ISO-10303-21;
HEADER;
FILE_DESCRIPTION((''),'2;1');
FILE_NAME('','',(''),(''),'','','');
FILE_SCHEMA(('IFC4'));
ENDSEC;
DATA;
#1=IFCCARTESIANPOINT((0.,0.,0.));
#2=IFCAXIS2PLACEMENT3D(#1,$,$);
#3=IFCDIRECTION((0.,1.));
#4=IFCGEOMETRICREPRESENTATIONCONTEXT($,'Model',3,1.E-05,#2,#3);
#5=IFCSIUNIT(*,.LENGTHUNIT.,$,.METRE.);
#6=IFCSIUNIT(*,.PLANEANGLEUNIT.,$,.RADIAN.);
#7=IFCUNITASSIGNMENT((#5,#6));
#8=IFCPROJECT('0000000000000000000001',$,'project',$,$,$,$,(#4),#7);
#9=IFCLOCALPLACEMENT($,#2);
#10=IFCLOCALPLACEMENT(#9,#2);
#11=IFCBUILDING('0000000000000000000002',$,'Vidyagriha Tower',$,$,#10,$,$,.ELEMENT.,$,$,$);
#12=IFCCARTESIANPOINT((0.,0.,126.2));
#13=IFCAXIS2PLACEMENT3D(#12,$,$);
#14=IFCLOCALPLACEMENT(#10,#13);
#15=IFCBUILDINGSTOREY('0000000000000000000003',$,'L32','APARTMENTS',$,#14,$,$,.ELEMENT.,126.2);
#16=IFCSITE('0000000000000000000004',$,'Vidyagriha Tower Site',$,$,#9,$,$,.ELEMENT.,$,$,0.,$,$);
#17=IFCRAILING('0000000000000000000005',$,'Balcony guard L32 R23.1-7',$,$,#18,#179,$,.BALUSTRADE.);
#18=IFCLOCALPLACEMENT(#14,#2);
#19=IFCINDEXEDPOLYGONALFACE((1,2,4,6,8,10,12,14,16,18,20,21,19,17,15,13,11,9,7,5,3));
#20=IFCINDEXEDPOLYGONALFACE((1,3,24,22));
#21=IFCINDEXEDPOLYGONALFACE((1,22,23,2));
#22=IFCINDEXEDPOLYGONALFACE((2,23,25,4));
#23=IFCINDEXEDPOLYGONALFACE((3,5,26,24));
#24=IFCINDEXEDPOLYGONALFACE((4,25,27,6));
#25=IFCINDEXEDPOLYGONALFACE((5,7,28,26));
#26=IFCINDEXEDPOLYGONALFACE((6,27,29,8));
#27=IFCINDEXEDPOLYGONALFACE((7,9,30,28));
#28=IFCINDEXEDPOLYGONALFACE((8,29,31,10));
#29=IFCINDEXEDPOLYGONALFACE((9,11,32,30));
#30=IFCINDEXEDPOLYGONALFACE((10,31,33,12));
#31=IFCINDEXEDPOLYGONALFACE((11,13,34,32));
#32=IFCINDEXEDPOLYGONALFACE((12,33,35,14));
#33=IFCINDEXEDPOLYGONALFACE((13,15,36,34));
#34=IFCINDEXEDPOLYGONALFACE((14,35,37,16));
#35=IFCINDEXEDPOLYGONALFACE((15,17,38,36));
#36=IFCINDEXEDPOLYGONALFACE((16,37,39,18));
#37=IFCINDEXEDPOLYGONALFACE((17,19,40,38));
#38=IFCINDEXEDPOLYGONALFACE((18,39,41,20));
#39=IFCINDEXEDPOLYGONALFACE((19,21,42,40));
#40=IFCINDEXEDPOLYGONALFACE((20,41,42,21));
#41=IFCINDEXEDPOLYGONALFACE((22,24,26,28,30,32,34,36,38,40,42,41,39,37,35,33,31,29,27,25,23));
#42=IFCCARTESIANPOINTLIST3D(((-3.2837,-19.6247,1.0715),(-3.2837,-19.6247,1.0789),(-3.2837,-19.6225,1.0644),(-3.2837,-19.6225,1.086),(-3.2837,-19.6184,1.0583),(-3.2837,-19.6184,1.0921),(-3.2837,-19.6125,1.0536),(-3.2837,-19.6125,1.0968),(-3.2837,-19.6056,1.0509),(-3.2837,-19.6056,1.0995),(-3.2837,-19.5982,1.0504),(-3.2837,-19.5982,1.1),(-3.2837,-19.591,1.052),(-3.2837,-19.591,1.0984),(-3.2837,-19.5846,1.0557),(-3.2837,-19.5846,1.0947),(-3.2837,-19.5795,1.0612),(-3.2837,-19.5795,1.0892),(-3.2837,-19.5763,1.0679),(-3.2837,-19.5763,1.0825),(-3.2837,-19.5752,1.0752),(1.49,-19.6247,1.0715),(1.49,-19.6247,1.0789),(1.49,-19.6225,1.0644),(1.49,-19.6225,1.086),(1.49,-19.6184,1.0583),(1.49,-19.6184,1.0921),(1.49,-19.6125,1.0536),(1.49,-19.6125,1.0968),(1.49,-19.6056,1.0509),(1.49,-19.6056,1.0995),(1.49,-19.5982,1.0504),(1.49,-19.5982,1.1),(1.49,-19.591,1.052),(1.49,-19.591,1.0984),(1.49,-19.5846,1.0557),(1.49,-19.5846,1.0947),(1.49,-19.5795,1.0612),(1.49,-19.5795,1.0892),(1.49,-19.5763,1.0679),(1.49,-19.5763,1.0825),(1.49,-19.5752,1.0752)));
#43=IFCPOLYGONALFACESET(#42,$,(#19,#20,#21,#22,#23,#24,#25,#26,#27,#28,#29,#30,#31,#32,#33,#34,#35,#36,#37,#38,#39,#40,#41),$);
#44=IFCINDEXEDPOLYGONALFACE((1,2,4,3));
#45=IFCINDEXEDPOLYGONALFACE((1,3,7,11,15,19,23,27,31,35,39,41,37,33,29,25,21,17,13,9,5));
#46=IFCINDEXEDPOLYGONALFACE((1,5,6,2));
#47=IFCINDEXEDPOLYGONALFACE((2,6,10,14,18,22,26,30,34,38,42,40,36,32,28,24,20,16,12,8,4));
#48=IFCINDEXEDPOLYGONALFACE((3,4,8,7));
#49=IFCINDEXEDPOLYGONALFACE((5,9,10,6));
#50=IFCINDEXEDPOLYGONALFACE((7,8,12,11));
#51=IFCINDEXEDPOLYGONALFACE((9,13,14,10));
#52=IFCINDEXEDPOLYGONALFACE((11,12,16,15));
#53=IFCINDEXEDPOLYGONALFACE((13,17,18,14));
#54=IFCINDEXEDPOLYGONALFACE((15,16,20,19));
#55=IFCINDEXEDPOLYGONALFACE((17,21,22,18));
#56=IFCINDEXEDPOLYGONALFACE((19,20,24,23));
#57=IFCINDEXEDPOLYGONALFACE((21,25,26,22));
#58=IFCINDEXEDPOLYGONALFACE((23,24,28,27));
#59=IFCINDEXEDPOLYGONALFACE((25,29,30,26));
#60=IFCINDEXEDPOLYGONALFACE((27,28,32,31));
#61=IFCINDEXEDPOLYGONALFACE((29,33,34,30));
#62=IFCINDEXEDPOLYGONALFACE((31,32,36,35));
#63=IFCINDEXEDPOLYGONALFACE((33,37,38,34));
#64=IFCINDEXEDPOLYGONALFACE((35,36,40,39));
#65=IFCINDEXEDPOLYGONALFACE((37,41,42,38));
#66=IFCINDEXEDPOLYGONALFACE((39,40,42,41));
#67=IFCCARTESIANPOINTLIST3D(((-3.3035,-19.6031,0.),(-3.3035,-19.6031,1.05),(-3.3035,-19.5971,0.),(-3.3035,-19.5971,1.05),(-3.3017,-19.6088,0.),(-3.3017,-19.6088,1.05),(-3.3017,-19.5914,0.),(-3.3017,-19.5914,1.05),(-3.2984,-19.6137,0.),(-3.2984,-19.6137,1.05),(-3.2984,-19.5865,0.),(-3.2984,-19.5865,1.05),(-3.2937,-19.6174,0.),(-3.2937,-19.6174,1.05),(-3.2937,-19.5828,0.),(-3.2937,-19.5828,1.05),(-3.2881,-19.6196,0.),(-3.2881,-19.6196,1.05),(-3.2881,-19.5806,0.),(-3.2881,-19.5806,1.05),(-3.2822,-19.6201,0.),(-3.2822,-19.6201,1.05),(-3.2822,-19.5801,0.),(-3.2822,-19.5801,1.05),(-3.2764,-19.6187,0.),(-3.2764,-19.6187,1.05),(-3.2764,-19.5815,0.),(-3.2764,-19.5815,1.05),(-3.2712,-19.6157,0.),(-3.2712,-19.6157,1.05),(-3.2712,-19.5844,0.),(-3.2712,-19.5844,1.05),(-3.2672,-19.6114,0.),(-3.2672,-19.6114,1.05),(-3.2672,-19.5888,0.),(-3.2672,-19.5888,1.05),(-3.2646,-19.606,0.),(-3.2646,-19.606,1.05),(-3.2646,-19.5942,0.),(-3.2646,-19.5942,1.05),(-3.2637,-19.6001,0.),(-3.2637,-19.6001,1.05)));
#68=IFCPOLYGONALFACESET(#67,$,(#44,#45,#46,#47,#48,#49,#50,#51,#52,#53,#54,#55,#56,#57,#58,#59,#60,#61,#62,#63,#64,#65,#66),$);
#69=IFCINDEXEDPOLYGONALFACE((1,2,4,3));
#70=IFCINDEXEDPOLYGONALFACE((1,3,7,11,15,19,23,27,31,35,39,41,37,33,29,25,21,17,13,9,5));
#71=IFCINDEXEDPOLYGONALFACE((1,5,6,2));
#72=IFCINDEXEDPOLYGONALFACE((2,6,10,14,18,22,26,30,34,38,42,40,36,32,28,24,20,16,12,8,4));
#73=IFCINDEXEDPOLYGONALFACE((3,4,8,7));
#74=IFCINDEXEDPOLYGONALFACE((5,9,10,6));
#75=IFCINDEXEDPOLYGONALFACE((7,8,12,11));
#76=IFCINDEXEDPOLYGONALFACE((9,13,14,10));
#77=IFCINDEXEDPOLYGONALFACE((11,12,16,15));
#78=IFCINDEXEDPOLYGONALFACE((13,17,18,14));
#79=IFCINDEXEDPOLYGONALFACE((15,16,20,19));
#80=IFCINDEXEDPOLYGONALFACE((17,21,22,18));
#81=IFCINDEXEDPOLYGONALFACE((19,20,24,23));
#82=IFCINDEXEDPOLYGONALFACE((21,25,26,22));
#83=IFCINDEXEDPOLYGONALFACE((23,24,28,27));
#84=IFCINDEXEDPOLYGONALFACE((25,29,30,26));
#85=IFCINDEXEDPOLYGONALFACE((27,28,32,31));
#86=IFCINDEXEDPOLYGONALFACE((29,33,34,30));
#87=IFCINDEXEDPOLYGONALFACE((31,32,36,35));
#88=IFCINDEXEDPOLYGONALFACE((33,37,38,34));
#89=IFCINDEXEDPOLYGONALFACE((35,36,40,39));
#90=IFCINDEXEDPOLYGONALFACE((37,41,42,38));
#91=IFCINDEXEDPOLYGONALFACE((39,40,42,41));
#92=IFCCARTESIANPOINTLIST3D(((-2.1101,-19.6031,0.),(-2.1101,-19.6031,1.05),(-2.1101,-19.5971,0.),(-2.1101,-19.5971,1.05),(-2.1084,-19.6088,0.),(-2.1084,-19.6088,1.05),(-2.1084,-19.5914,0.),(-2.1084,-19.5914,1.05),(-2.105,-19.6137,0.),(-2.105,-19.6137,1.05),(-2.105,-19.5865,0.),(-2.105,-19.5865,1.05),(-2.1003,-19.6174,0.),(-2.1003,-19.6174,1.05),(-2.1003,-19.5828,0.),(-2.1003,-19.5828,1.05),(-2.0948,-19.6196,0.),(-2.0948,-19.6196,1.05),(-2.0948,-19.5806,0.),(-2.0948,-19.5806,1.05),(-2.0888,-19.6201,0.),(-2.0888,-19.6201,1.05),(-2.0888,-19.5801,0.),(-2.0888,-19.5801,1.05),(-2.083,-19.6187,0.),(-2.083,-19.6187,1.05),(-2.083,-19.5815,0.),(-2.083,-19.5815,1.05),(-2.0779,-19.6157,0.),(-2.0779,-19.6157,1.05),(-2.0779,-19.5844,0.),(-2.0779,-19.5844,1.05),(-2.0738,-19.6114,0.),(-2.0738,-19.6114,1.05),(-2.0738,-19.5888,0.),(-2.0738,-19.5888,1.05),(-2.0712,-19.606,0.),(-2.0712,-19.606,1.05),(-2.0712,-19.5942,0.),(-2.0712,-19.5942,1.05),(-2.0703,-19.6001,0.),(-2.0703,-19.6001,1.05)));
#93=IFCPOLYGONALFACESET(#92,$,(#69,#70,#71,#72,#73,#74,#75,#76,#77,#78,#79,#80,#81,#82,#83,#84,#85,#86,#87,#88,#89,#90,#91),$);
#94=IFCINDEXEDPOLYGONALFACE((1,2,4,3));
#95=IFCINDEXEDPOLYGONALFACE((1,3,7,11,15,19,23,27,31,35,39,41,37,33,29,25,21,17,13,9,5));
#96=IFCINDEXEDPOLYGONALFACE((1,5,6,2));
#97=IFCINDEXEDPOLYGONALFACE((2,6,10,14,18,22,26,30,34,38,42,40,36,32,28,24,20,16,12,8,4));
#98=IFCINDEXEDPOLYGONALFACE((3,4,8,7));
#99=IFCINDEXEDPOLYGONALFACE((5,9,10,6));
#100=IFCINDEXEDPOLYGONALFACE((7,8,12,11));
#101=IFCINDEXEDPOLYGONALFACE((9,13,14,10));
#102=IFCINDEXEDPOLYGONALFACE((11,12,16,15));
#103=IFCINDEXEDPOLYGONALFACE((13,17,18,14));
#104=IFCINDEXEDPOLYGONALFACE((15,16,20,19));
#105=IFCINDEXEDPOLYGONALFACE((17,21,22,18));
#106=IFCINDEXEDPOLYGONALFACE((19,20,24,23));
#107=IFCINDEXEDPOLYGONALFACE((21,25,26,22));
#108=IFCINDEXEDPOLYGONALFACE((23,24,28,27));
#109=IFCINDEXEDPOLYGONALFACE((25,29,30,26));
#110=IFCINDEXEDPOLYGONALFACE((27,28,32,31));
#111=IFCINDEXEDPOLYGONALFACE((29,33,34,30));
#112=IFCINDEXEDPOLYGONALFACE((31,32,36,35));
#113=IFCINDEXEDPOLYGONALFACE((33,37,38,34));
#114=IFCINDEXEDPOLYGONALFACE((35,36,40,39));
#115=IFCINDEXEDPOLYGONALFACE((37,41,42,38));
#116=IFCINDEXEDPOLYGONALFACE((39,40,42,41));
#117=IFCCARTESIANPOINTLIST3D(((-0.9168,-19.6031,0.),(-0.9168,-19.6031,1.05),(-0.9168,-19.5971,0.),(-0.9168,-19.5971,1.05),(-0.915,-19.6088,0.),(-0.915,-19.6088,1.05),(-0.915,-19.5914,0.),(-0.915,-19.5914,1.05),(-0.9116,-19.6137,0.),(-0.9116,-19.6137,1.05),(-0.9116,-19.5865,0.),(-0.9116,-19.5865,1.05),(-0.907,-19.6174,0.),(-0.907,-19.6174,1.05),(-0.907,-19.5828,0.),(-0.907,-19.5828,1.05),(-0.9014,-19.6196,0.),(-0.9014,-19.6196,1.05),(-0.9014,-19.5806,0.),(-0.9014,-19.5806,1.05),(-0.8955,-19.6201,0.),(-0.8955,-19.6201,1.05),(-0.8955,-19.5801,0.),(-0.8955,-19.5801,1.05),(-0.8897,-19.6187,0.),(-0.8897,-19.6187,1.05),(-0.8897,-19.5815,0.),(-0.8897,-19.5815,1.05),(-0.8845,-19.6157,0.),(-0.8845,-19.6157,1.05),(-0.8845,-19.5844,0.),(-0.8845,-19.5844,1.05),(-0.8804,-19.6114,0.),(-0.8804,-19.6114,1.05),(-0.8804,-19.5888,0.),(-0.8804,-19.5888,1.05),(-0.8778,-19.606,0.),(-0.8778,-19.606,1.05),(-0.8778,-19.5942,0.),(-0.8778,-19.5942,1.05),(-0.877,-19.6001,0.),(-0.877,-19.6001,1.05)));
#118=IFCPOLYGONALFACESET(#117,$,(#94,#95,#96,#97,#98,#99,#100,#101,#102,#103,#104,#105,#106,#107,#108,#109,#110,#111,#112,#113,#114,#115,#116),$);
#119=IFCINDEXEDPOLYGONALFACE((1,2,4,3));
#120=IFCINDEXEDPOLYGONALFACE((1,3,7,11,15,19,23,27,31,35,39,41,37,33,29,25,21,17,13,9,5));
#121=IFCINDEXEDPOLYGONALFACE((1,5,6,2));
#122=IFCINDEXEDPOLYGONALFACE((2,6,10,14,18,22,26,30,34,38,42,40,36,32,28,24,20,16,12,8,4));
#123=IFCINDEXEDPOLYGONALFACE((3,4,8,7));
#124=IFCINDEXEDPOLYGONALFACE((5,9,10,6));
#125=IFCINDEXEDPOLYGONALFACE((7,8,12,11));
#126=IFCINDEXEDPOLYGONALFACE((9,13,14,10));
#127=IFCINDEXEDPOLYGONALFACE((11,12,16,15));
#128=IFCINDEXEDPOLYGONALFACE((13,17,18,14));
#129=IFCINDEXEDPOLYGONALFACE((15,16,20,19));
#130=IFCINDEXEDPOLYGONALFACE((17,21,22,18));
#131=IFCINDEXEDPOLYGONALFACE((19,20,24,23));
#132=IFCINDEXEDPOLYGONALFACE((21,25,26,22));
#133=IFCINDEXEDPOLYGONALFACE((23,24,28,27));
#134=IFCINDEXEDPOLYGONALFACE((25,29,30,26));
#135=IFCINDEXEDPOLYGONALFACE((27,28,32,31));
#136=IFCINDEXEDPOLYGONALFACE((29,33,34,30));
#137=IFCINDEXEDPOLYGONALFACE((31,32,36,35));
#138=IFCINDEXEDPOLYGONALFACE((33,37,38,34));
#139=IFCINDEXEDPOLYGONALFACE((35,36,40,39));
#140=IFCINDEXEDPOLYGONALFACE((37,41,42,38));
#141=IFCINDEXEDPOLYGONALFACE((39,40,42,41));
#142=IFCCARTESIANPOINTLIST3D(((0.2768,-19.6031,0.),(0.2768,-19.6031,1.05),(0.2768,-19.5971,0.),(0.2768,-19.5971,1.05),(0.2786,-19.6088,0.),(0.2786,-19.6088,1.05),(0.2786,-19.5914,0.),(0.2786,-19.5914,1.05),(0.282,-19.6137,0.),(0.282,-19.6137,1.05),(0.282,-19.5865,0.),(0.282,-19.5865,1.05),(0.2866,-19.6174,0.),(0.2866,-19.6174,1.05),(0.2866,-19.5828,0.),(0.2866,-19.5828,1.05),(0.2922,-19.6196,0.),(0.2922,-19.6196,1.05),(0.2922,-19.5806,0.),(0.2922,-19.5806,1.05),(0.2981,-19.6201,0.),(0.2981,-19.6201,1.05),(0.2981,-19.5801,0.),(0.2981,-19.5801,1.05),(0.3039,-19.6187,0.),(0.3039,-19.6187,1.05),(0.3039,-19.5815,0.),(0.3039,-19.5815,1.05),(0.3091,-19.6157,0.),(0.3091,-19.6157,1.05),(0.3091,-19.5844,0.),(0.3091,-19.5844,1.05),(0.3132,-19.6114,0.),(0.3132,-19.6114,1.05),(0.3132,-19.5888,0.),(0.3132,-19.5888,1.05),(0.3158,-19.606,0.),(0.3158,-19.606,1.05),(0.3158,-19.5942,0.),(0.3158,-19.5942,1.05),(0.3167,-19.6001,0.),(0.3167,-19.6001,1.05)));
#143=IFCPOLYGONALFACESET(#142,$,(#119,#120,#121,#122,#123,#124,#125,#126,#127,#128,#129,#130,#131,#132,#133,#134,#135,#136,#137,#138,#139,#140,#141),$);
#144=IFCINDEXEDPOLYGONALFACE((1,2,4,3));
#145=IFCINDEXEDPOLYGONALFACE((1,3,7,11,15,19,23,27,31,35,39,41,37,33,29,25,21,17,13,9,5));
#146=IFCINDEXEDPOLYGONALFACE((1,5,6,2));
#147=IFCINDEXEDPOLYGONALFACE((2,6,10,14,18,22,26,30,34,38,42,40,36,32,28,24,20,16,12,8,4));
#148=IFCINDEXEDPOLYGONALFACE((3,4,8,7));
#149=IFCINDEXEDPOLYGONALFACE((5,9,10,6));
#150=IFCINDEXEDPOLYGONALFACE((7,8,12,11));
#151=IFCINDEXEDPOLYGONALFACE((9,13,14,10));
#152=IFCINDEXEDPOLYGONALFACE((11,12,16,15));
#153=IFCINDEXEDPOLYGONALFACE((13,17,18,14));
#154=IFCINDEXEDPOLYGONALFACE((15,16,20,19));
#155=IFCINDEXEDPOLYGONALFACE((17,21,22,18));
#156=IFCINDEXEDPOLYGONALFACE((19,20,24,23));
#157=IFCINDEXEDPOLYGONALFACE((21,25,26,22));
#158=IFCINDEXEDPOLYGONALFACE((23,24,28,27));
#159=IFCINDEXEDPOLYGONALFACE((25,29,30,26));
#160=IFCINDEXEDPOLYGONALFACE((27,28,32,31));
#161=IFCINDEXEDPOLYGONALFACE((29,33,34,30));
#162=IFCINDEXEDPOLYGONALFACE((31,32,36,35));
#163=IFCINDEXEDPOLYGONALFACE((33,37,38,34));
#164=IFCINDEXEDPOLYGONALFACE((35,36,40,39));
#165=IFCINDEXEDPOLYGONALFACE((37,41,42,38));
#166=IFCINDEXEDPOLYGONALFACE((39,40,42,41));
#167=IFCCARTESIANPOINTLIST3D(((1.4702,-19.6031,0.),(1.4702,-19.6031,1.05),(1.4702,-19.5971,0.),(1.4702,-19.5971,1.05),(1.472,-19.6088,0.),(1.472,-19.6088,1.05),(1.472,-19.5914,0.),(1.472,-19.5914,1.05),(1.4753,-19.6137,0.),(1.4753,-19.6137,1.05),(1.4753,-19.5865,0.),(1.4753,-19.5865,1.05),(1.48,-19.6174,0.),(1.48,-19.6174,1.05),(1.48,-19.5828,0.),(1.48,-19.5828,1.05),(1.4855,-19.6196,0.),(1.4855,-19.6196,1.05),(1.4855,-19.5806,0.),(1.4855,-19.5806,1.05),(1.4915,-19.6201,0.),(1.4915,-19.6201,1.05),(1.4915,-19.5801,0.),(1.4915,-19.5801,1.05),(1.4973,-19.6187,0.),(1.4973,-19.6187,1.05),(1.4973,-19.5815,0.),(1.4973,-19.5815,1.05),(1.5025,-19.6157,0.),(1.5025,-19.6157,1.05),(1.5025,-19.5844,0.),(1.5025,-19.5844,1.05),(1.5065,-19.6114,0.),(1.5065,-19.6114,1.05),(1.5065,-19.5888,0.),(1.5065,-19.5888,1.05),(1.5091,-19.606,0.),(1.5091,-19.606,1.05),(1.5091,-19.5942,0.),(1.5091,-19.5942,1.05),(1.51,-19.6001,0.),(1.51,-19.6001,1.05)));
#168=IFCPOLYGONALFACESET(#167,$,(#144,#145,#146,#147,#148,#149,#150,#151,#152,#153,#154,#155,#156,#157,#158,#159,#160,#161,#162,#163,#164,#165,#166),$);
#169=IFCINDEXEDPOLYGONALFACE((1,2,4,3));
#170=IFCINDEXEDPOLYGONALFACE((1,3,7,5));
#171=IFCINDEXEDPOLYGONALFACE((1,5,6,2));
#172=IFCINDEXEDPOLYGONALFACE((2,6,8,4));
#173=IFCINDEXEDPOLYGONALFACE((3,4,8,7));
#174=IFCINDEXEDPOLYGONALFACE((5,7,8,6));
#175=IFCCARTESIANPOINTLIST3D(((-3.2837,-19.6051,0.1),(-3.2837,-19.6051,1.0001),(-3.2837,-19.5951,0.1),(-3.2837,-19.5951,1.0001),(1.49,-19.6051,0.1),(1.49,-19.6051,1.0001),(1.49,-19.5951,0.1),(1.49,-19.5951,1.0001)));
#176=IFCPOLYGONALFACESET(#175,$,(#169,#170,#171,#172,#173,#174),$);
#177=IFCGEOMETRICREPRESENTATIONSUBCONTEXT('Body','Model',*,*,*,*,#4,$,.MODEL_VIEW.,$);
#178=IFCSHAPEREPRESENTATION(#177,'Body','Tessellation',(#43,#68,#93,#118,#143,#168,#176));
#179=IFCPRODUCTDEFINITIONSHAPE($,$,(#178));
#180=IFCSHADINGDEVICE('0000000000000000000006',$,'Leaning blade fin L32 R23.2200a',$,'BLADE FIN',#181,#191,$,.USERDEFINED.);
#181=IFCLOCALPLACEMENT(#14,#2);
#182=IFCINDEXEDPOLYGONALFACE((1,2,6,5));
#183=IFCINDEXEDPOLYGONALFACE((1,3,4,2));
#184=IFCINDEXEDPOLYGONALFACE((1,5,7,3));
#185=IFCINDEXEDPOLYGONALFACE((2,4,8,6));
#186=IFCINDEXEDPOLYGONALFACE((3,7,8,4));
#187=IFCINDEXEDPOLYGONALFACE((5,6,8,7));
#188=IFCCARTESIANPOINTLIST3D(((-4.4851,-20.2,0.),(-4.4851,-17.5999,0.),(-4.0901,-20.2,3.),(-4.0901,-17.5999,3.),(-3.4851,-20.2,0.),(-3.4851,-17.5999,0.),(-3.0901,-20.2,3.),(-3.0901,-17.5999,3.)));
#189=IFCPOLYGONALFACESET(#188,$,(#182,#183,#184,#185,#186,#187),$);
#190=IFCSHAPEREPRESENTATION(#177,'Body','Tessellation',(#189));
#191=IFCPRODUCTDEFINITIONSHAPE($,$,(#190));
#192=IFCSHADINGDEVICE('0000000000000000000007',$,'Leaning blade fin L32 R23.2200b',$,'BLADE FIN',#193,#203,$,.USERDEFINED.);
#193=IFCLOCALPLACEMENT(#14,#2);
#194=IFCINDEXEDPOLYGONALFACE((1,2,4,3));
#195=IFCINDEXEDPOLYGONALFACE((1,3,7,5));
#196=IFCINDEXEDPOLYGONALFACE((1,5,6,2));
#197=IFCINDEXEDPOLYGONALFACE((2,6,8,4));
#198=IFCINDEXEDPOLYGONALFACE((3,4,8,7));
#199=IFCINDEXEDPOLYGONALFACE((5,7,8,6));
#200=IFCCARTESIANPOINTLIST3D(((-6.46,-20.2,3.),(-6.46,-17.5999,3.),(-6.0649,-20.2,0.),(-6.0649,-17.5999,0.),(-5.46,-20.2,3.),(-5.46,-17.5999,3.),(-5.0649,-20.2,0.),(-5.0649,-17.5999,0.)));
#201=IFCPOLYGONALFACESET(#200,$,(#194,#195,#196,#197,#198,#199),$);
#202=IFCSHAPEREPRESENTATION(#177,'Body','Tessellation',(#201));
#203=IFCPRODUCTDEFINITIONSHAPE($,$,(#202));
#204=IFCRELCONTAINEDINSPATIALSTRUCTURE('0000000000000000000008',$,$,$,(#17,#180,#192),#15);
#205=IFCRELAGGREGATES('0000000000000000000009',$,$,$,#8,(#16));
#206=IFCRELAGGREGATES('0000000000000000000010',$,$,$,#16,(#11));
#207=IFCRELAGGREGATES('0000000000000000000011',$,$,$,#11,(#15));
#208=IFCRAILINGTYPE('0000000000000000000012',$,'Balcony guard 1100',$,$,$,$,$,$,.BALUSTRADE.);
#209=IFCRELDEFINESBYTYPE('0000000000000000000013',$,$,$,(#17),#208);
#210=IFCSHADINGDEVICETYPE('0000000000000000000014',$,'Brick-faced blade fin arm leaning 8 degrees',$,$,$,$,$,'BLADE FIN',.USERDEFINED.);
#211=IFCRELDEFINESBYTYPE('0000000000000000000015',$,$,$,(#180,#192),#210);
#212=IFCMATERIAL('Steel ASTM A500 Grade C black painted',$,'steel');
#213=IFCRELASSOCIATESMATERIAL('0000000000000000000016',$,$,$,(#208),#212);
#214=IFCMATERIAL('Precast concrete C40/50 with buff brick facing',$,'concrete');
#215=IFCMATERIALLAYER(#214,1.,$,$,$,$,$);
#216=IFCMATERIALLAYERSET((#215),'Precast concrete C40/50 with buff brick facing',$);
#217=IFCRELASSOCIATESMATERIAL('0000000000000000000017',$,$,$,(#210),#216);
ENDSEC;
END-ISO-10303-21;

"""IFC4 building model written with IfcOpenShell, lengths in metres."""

from ifc_helpers import new_model, si_unit, direction, frame, origin, origin_2d, place, context, subcontext, project, spatial, polyline, rectangle, circle, outline, extrude, material, layer, layer_set, type_object, element, save


model = new_model("IFC4")

# Units and contexts
model_context = context("Model", 3, precision=1e-05, world=origin(), true_north=direction((0.0, 1.0)))
body_context = subcontext(model_context, "Body", "Model", "MODEL_VIEW")
ifc_project = project(units=[si_unit("LENGTHUNIT", "METRE"), si_unit("PLANEANGLEUNIT", "RADIAN")], contexts=[model_context])

# Site, building, storey
site_placement = place(None, origin())
site = spatial("IfcSite", under=ifc_project, at=site_placement, Name="Vidyagriha Tower Site", CompositionType="ELEMENT", RefElevation=0.0)
building_placement = place(site_placement, origin())
building = spatial("IfcBuilding", under=site, at=building_placement, Name="Vidyagriha Tower", CompositionType="ELEMENT")
storey_placement = place(building_placement, frame((0.0, 0.0, 126.2)))
storey = spatial("IfcBuildingStorey", under=building, at=storey_placement, Name="L32", Description="APARTMENTS", CompositionType="ELEMENT", Elevation=126.2)

# Railing
ifc_material_1 = material(Name="Steel ASTM A500 Grade C black painted", Category="steel")
railing_type = type_object("IfcRailingType", Name="Balcony guard 1100", PredefinedType="BALUSTRADE", material=ifc_material_1)
railing_1_placement = place(storey_placement, frame((-3.2837, -19.6001, 0.0)))
element("IfcRailing", 1, at=railing_1_placement, inside=storey, type_object=railing_type, Name="Balcony guard L32 R23.1-7", PredefinedType="BALUSTRADE", context=body_context, shape_type="SweptSolid", body=[
    extrude(circle(Radius=0.0249, at=origin_2d()), frame((0.0, 0.0, 1.0752), z_axis=(1.0, 0.0, 0.0), x_axis=(0.0, 1.0, 0.0)), (0.0, 0.0, 1.0), 4.7737),
    extrude(circle(Radius=0.02, at=origin_2d()), origin(), (0.0, 0.0, 1.0), 1.05),
    extrude(circle(Radius=0.02, at=origin_2d()), frame((1.1934, 0.0, 0.0)), (0.0, 0.0, 1.0), 1.05),
    extrude(circle(Radius=0.02, at=origin_2d()), frame((2.3867, 0.0, 0.0)), (0.0, 0.0, 1.0), 1.05),
    extrude(circle(Radius=0.02, at=origin_2d()), frame((3.5803, 0.0, 0.0)), (0.0, 0.0, 1.0), 1.05),
    extrude(circle(Radius=0.02, at=origin_2d()), frame((4.7737, 0.0, 0.0)), (0.0, 0.0, 1.0), 1.05),
    extrude(rectangle(XDim=0.01, YDim=0.9001, at=origin_2d()), frame((0.0, 0.0, 0.55), z_axis=(1.0, 0.0, 0.0), x_axis=(0.0, 1.0, 0.0)), (0.0, 0.0, 1.0), 4.7737),
])

# Shading devices
ifc_material_2 = material(Name="Precast concrete C40/50 with buff brick facing", Category="concrete")
ifc_layer_1 = layer(ifc_material_2, 1.0)
ifc_layer_set_1 = layer_set([ifc_layer_1], Name="Precast concrete C40/50 with buff brick facing")
shading_device_type = type_object("IfcShadingDeviceType", Name="Brick-faced blade fin arm leaning 8 degrees", ElementType="BLADE FIN", PredefinedType="USERDEFINED", material=ifc_layer_set_1)
shading_device_1_placement = place(storey_placement, frame((-4.4851, -18.8999, 0.0)))
element("IfcShadingDevice", 2, at=shading_device_1_placement, inside=storey, type_object=shading_device_type, Name="Leaning blade fin L32 R23.2200a", ObjectType="BLADE FIN", PredefinedType="USERDEFINED", context=body_context, shape_type="SweptSolid", body=[
    extrude(outline(polyline([(0.0, 0.0), (1.0, 0.0), (1.395, 3.0), (0.395, 3.0), (0.0, 0.0)])), frame((0.0, 1.3, 0.0), z_axis=(0.0, -1.0, 0.0), x_axis=(1.0, 0.0, 0.0)), (0.0, 0.0, 1.0), 2.6001),
])
shading_device_2_placement = place(storey_placement, frame((-6.46, -18.8999, 0.0)))
element("IfcShadingDevice", 3, at=shading_device_2_placement, inside=storey, type_object=shading_device_type, Name="Leaning blade fin L32 R23.2200b", ObjectType="BLADE FIN", PredefinedType="USERDEFINED", context=body_context, shape_type="SweptSolid", body=[
    extrude(outline(polyline([(0.395, 0.0), (1.395, 0.0), (1.0, 3.0), (0.0, 3.0), (0.395, 0.0)])), frame((0.0, 1.3, 0.0), z_axis=(0.0, -1.0, 0.0), x_axis=(1.0, 0.0, 0.0)), (0.0, 0.0, 1.0), 2.6001),
])

save(model, "model.ifc")
